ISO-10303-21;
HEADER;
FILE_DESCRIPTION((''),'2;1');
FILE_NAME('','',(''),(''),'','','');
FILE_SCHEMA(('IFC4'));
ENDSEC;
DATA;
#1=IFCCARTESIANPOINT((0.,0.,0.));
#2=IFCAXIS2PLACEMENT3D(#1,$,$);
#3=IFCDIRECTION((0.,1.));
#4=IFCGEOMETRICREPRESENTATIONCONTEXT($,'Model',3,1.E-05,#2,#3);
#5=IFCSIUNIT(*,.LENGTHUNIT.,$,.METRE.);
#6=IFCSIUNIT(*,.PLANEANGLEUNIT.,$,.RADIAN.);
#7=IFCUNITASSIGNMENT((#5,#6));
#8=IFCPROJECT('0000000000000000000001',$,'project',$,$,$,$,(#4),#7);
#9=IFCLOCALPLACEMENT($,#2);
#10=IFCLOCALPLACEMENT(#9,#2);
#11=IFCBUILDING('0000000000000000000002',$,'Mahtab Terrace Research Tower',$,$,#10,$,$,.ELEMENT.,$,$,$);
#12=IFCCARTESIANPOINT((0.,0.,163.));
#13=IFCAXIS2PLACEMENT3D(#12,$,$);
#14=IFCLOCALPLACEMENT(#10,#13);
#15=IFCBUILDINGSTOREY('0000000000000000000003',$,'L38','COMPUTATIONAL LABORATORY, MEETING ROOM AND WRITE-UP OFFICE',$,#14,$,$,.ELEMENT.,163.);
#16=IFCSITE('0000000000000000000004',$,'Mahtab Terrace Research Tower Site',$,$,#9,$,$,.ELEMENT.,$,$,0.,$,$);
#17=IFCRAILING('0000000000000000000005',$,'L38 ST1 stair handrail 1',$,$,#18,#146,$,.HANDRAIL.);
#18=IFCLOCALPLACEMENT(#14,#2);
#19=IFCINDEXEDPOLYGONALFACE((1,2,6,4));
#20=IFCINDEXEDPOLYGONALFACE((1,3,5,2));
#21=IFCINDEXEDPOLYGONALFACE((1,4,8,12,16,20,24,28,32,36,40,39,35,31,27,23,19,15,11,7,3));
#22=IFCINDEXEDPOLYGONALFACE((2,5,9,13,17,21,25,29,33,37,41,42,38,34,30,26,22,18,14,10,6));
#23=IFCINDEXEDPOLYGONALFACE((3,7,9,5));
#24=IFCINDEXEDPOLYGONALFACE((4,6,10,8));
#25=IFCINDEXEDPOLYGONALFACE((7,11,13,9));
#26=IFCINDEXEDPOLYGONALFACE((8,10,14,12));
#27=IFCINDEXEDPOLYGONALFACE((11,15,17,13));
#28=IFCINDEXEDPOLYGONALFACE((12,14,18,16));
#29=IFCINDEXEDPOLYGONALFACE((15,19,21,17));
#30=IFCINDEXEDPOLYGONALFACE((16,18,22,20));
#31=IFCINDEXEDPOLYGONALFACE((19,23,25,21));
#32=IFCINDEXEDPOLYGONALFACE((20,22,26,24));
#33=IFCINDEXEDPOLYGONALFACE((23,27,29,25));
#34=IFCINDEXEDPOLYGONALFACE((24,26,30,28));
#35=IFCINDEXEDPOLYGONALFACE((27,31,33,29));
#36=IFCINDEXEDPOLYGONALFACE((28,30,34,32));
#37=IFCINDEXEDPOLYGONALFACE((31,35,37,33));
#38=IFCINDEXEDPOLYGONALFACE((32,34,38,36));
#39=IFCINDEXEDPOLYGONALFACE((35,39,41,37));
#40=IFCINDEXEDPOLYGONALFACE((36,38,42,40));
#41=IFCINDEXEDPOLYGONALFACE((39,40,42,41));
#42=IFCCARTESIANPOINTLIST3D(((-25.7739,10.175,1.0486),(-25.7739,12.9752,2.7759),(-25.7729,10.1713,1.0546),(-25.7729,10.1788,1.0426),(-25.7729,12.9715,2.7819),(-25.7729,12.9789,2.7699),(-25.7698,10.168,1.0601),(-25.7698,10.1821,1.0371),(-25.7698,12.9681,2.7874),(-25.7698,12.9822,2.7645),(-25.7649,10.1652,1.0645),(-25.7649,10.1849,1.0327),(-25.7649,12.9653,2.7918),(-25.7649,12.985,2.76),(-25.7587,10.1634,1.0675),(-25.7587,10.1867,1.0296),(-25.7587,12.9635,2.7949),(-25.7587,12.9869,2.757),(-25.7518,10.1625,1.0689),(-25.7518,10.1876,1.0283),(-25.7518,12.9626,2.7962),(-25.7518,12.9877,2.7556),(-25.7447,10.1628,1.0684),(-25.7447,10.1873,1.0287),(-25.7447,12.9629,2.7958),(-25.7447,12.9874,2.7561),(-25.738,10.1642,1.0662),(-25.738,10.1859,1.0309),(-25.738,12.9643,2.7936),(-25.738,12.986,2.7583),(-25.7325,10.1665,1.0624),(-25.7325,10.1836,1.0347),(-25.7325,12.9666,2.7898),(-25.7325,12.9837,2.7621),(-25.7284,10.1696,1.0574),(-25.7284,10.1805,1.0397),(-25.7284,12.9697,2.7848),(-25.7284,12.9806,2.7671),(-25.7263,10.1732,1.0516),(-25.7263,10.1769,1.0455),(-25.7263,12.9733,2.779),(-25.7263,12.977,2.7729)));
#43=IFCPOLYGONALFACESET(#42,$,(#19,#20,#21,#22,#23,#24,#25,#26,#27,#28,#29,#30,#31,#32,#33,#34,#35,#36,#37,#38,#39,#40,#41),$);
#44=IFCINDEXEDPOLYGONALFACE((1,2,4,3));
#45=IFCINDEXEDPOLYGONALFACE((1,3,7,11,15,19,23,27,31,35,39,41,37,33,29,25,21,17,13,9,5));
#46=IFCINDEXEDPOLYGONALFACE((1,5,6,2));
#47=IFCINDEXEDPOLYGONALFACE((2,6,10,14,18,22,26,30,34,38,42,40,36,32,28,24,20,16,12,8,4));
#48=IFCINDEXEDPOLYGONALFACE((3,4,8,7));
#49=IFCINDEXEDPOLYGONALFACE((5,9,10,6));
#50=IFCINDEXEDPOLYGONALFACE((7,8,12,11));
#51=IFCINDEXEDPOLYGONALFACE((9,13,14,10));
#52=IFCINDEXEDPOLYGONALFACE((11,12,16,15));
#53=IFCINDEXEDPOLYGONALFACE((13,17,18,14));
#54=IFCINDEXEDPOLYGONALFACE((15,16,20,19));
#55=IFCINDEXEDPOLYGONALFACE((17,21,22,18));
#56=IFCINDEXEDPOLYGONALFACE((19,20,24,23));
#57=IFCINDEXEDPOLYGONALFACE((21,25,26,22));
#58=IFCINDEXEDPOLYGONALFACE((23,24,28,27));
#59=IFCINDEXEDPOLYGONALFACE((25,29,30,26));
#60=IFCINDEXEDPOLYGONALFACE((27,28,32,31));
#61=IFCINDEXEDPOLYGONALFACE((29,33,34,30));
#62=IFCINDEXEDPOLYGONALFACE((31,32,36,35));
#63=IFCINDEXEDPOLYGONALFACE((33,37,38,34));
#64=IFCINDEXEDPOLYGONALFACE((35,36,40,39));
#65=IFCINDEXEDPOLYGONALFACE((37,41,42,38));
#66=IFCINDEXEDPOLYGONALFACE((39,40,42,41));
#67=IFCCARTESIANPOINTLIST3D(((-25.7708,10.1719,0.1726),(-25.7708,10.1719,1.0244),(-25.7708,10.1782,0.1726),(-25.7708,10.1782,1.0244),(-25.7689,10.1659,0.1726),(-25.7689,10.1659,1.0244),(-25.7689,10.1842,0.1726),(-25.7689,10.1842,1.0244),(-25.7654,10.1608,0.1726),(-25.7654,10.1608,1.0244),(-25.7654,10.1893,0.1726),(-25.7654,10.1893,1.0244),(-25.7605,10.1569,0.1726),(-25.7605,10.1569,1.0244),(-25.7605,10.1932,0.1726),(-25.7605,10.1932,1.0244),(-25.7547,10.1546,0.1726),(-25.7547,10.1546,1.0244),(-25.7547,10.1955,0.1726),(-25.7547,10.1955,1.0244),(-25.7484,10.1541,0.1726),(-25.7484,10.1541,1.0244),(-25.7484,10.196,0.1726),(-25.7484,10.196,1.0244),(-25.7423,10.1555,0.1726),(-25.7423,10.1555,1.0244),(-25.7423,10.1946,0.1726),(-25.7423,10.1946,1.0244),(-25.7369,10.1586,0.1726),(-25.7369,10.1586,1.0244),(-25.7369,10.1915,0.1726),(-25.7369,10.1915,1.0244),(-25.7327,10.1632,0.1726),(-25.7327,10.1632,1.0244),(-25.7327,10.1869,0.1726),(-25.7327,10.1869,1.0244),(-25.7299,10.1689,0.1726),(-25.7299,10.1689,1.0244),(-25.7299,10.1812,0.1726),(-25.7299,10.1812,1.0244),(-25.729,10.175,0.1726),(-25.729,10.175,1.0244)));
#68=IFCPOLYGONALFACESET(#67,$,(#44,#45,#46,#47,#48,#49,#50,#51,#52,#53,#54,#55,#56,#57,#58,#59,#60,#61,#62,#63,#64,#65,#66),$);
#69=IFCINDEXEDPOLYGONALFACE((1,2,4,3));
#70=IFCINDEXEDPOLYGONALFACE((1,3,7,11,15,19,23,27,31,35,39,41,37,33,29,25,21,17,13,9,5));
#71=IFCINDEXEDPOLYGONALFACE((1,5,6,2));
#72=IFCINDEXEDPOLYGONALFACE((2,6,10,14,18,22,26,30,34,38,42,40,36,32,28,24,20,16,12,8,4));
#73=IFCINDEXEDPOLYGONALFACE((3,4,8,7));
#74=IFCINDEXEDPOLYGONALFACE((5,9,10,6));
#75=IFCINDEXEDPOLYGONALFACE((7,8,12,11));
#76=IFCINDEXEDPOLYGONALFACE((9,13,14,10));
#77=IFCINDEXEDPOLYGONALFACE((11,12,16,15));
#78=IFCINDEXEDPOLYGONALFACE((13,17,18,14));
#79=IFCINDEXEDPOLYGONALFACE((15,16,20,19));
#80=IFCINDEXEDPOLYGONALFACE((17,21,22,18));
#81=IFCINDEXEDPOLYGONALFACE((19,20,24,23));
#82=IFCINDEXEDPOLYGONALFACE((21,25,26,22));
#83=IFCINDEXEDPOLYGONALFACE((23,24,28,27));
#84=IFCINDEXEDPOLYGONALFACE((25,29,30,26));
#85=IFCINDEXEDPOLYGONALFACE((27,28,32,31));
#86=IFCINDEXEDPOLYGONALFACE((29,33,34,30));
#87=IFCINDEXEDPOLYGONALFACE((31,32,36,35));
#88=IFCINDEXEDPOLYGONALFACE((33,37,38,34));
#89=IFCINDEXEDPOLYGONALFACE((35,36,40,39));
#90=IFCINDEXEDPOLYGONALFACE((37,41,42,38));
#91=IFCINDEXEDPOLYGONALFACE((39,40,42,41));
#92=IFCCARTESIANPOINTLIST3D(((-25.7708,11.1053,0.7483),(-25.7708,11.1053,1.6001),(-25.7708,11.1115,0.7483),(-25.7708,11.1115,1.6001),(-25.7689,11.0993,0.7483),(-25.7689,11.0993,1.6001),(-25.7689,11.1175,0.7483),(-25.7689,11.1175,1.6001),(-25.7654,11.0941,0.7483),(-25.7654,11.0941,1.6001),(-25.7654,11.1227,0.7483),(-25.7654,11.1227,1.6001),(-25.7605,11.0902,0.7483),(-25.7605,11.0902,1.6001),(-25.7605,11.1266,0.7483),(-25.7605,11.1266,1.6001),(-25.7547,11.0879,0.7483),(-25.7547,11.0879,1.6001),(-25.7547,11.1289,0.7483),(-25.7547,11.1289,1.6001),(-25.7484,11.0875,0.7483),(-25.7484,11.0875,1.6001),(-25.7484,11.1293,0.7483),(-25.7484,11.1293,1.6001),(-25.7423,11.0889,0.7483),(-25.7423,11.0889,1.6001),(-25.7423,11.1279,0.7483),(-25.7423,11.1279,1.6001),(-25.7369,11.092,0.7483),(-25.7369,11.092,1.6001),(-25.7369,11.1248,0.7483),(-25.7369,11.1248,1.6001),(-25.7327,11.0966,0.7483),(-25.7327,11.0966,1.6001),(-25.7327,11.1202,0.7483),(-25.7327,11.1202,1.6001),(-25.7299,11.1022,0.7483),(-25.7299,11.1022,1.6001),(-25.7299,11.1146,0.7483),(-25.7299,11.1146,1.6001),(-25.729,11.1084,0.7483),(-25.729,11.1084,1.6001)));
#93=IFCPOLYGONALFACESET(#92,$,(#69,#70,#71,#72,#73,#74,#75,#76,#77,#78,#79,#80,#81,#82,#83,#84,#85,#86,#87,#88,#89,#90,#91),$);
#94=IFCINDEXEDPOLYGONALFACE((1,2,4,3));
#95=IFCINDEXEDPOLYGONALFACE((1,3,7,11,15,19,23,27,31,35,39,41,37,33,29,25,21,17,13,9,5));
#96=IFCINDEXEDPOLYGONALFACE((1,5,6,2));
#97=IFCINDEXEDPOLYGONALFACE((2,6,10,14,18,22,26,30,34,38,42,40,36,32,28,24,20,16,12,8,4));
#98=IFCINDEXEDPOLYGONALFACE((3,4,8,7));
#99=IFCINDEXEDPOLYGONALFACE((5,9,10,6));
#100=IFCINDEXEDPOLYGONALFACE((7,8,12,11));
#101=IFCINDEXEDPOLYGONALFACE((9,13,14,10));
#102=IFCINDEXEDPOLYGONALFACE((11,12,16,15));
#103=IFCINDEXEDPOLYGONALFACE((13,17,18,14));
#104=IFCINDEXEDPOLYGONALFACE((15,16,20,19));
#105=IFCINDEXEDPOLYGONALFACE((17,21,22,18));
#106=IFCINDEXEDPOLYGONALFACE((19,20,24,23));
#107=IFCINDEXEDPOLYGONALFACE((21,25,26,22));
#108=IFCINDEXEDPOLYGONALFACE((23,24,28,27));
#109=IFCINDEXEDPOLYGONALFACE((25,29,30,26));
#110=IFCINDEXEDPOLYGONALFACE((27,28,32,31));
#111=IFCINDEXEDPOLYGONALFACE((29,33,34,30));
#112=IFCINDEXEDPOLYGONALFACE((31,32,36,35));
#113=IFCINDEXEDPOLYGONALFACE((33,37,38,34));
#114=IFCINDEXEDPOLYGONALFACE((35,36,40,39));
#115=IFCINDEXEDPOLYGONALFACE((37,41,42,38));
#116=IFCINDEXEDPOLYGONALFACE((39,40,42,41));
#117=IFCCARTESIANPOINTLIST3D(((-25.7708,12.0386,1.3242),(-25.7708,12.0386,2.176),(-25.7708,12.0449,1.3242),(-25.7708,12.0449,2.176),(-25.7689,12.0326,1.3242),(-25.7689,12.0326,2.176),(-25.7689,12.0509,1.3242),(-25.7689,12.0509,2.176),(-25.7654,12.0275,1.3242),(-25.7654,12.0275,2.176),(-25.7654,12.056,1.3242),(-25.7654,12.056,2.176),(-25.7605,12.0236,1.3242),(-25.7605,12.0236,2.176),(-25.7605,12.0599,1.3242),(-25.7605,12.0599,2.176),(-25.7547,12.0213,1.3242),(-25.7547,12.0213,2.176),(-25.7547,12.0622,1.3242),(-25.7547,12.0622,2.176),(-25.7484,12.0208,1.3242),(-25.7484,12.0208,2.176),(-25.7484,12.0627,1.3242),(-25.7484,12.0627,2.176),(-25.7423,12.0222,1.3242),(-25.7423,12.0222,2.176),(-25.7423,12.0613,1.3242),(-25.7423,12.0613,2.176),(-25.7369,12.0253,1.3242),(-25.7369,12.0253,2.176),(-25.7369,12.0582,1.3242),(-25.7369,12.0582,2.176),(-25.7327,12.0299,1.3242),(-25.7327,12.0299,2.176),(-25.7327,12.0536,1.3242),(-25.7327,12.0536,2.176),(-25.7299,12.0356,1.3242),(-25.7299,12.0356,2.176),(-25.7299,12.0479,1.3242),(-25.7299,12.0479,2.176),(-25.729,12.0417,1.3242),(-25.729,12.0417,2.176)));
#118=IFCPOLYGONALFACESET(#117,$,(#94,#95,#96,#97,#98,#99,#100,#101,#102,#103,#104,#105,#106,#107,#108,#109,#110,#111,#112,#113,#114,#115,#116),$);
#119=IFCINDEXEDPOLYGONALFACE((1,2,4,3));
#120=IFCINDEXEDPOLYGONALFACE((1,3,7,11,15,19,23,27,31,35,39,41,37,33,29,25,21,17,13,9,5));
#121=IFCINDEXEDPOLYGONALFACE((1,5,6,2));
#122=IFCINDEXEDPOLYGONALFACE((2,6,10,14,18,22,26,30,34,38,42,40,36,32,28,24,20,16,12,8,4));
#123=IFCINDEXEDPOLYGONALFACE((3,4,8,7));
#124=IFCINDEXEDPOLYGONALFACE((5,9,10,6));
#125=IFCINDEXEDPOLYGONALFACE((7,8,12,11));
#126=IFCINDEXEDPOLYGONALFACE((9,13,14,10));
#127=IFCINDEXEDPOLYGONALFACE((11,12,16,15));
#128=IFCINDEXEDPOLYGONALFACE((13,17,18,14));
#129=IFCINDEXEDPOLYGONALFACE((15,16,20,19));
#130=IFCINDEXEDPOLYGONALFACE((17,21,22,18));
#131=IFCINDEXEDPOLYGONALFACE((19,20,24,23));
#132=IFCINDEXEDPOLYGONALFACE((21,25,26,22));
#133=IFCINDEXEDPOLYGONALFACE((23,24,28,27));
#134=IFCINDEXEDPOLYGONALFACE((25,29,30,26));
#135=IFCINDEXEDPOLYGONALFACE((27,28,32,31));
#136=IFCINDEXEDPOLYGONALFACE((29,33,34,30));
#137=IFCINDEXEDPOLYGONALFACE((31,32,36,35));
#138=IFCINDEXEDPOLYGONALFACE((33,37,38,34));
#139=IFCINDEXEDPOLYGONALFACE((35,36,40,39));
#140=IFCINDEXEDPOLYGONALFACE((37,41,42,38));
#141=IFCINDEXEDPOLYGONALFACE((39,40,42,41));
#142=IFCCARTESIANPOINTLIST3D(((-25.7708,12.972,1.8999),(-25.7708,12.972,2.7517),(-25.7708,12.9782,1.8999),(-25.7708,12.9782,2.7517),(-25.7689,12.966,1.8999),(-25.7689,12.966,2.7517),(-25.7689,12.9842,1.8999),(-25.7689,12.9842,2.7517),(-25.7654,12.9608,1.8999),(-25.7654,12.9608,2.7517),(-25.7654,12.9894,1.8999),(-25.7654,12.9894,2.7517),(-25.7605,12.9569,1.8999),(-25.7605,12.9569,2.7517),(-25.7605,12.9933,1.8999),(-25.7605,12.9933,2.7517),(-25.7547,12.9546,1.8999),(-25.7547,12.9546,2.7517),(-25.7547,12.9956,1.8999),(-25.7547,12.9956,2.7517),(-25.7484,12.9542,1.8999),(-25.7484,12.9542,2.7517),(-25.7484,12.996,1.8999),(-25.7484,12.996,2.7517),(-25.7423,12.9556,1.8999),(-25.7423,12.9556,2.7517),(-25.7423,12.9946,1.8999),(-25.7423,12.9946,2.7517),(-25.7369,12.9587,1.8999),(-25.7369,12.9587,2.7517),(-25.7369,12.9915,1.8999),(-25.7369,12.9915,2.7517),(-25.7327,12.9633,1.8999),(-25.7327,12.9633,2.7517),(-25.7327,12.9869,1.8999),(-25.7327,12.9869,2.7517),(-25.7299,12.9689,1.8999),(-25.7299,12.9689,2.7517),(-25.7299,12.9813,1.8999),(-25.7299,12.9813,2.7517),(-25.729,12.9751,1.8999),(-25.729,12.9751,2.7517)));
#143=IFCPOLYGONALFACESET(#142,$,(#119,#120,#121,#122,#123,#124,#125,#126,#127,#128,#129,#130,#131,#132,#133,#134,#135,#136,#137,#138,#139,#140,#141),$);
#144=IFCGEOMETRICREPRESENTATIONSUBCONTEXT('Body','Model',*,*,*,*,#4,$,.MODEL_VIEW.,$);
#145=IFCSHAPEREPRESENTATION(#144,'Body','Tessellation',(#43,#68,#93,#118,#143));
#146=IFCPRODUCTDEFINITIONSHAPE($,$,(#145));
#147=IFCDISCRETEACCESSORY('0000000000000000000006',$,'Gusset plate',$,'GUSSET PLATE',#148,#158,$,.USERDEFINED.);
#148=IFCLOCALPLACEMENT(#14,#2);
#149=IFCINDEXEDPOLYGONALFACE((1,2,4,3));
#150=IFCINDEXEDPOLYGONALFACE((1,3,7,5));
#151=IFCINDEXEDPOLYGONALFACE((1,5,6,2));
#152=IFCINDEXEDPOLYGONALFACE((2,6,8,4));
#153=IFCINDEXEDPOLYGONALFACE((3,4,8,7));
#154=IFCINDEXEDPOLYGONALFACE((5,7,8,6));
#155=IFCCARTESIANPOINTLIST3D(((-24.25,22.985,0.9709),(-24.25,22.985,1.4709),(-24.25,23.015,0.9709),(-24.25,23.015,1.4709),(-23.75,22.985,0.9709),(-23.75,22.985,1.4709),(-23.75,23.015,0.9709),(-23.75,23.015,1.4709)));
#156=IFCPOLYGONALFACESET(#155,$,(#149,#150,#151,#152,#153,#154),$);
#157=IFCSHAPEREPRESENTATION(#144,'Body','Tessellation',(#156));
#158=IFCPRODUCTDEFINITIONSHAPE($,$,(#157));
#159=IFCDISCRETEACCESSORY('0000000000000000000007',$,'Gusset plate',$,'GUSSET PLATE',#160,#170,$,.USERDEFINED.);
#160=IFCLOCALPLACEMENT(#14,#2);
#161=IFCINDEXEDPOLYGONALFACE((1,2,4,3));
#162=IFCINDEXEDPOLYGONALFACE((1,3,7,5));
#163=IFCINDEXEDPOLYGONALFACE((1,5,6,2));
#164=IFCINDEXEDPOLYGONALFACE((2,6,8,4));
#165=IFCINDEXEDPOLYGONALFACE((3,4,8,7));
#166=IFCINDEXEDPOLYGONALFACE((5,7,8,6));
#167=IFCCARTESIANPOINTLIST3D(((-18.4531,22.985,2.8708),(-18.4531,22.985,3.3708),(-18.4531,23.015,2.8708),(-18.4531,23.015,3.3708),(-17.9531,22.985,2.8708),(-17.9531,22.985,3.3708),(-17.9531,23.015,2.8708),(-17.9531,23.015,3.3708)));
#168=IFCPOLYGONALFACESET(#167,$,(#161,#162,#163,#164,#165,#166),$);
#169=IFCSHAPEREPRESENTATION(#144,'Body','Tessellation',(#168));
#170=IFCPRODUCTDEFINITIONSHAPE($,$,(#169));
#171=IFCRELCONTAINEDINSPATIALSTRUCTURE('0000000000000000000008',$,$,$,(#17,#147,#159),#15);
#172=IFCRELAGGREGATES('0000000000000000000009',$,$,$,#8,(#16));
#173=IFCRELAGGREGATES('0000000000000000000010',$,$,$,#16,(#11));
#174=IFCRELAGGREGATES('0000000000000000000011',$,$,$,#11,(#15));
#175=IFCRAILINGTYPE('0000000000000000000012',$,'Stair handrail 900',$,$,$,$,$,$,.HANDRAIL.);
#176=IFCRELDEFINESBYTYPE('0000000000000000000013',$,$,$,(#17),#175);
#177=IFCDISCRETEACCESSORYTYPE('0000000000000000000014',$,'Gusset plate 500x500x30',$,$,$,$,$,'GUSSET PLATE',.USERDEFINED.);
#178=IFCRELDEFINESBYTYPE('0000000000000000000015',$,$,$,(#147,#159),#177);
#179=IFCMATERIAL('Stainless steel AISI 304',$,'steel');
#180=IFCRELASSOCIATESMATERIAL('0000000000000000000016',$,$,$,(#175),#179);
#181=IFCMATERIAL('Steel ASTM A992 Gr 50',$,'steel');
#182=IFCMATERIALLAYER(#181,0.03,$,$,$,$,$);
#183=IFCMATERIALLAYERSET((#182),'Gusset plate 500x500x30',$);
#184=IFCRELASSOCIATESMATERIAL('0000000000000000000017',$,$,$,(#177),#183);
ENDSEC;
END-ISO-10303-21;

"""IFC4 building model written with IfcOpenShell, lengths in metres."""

from ifc_helpers import new_model, si_unit, direction, frame, origin, origin_2d, place, context, subcontext, project, spatial, rectangle, circle, extrude, material, layer, layer_set, type_object, element, save


model = new_model("IFC4")

# Units and contexts
model_context = context("Model", 3, precision=1e-05, world=origin(), true_north=direction((0.0, 1.0)))
body_context = subcontext(model_context, "Body", "Model", "MODEL_VIEW")
ifc_project = project(units=[si_unit("LENGTHUNIT", "METRE"), si_unit("PLANEANGLEUNIT", "RADIAN")], contexts=[model_context])

# Site, building, storey
site_placement = place(None, origin())
site = spatial("IfcSite", under=ifc_project, at=site_placement, Name="Mahtab Terrace Research Tower Site", CompositionType="ELEMENT", RefElevation=0.0)
building_placement = place(site_placement, origin())
building = spatial("IfcBuilding", under=site, at=building_placement, Name="Mahtab Terrace Research Tower", CompositionType="ELEMENT")
storey_placement = place(building_placement, frame((0.0, 0.0, 163.0)))
storey = spatial("IfcBuildingStorey", under=building, at=storey_placement, Name="L38", Description="COMPUTATIONAL LABORATORY, MEETING ROOM AND WRITE-UP OFFICE", CompositionType="ELEMENT", Elevation=163.0)

# Shared definitions
ifc_material_1 = material(Name="Steel ASTM A992 Gr 50", Category="steel")

# Railing
ifc_material_2 = material(Name="Stainless steel AISI 304", Category="steel")
railing_type = type_object("IfcRailingType", Name="Stair handrail 900", PredefinedType="HANDRAIL", material=ifc_material_2)
railing_placement = place(storey_placement, frame((-25.75, 10.175, 0.1726)))
element("IfcRailing", 1, at=railing_placement, inside=storey, type_object=railing_type, Name="L38 ST1 stair handrail 1", PredefinedType="HANDRAIL", context=body_context, shape_type="SweptSolid", body=[
    extrude(circle(Radius=0.0239, at=origin_2d()), frame((0.0, 0.0, 0.876), z_axis=(0.0, 0.85109, 0.52502), x_axis=(-1.0, 0.0, 0.0)), (0.0, 0.0, 1.0), 3.29),
    extrude(circle(Radius=0.021, at=origin_2d()), origin(), (0.0, 0.0, 1.0), 0.8518),
    extrude(circle(Radius=0.021, at=origin_2d()), frame((0.0, 0.9333, 0.5757)), (0.0, 0.0, 1.0), 0.8518),
    extrude(circle(Radius=0.021, at=origin_2d()), frame((0.0, 1.8667, 1.1516)), (0.0, 0.0, 1.0), 0.8518),
    extrude(circle(Radius=0.021, at=origin_2d()), frame((0.0, 2.8, 1.7273)), (0.0, 0.0, 1.0), 0.8518),
])

# Discrete accessories
ifc_layer_1 = layer(ifc_material_1, 0.03)
ifc_layer_set_1 = layer_set([ifc_layer_1], Name="Gusset plate 500x500x30")
discrete_accessory_type = type_object("IfcDiscreteAccessoryType", Name="Gusset plate 500x500x30", ElementType="GUSSET PLATE", PredefinedType="USERDEFINED", material=ifc_layer_set_1)
for number, where, z_axis, x_axis, name in (
    (2, (-24.0, 23.0, 0.9709), (0.0, 0.0, 1.0), (1.0, 0.0, 0.0), "Gusset plate"),
    (3, (-18.2031, 23.0, 2.8708), (0.0, 0.0, 1.0), (1.0, 0.0, 0.0), "Gusset plate"),
):
    element("IfcDiscreteAccessory", number, at=place(storey_placement, frame(where, z_axis=z_axis, x_axis=x_axis)), inside=storey, type_object=discrete_accessory_type, Name=name, ObjectType="GUSSET PLATE", PredefinedType="USERDEFINED", context=body_context, shape_type="SweptSolid", body=[
        extrude(rectangle(XDim=0.5, YDim=0.03, at=origin_2d()), origin(), (0.0, 0.0, 1.0), 0.5),
    ])

save(model, "model.ifc")
